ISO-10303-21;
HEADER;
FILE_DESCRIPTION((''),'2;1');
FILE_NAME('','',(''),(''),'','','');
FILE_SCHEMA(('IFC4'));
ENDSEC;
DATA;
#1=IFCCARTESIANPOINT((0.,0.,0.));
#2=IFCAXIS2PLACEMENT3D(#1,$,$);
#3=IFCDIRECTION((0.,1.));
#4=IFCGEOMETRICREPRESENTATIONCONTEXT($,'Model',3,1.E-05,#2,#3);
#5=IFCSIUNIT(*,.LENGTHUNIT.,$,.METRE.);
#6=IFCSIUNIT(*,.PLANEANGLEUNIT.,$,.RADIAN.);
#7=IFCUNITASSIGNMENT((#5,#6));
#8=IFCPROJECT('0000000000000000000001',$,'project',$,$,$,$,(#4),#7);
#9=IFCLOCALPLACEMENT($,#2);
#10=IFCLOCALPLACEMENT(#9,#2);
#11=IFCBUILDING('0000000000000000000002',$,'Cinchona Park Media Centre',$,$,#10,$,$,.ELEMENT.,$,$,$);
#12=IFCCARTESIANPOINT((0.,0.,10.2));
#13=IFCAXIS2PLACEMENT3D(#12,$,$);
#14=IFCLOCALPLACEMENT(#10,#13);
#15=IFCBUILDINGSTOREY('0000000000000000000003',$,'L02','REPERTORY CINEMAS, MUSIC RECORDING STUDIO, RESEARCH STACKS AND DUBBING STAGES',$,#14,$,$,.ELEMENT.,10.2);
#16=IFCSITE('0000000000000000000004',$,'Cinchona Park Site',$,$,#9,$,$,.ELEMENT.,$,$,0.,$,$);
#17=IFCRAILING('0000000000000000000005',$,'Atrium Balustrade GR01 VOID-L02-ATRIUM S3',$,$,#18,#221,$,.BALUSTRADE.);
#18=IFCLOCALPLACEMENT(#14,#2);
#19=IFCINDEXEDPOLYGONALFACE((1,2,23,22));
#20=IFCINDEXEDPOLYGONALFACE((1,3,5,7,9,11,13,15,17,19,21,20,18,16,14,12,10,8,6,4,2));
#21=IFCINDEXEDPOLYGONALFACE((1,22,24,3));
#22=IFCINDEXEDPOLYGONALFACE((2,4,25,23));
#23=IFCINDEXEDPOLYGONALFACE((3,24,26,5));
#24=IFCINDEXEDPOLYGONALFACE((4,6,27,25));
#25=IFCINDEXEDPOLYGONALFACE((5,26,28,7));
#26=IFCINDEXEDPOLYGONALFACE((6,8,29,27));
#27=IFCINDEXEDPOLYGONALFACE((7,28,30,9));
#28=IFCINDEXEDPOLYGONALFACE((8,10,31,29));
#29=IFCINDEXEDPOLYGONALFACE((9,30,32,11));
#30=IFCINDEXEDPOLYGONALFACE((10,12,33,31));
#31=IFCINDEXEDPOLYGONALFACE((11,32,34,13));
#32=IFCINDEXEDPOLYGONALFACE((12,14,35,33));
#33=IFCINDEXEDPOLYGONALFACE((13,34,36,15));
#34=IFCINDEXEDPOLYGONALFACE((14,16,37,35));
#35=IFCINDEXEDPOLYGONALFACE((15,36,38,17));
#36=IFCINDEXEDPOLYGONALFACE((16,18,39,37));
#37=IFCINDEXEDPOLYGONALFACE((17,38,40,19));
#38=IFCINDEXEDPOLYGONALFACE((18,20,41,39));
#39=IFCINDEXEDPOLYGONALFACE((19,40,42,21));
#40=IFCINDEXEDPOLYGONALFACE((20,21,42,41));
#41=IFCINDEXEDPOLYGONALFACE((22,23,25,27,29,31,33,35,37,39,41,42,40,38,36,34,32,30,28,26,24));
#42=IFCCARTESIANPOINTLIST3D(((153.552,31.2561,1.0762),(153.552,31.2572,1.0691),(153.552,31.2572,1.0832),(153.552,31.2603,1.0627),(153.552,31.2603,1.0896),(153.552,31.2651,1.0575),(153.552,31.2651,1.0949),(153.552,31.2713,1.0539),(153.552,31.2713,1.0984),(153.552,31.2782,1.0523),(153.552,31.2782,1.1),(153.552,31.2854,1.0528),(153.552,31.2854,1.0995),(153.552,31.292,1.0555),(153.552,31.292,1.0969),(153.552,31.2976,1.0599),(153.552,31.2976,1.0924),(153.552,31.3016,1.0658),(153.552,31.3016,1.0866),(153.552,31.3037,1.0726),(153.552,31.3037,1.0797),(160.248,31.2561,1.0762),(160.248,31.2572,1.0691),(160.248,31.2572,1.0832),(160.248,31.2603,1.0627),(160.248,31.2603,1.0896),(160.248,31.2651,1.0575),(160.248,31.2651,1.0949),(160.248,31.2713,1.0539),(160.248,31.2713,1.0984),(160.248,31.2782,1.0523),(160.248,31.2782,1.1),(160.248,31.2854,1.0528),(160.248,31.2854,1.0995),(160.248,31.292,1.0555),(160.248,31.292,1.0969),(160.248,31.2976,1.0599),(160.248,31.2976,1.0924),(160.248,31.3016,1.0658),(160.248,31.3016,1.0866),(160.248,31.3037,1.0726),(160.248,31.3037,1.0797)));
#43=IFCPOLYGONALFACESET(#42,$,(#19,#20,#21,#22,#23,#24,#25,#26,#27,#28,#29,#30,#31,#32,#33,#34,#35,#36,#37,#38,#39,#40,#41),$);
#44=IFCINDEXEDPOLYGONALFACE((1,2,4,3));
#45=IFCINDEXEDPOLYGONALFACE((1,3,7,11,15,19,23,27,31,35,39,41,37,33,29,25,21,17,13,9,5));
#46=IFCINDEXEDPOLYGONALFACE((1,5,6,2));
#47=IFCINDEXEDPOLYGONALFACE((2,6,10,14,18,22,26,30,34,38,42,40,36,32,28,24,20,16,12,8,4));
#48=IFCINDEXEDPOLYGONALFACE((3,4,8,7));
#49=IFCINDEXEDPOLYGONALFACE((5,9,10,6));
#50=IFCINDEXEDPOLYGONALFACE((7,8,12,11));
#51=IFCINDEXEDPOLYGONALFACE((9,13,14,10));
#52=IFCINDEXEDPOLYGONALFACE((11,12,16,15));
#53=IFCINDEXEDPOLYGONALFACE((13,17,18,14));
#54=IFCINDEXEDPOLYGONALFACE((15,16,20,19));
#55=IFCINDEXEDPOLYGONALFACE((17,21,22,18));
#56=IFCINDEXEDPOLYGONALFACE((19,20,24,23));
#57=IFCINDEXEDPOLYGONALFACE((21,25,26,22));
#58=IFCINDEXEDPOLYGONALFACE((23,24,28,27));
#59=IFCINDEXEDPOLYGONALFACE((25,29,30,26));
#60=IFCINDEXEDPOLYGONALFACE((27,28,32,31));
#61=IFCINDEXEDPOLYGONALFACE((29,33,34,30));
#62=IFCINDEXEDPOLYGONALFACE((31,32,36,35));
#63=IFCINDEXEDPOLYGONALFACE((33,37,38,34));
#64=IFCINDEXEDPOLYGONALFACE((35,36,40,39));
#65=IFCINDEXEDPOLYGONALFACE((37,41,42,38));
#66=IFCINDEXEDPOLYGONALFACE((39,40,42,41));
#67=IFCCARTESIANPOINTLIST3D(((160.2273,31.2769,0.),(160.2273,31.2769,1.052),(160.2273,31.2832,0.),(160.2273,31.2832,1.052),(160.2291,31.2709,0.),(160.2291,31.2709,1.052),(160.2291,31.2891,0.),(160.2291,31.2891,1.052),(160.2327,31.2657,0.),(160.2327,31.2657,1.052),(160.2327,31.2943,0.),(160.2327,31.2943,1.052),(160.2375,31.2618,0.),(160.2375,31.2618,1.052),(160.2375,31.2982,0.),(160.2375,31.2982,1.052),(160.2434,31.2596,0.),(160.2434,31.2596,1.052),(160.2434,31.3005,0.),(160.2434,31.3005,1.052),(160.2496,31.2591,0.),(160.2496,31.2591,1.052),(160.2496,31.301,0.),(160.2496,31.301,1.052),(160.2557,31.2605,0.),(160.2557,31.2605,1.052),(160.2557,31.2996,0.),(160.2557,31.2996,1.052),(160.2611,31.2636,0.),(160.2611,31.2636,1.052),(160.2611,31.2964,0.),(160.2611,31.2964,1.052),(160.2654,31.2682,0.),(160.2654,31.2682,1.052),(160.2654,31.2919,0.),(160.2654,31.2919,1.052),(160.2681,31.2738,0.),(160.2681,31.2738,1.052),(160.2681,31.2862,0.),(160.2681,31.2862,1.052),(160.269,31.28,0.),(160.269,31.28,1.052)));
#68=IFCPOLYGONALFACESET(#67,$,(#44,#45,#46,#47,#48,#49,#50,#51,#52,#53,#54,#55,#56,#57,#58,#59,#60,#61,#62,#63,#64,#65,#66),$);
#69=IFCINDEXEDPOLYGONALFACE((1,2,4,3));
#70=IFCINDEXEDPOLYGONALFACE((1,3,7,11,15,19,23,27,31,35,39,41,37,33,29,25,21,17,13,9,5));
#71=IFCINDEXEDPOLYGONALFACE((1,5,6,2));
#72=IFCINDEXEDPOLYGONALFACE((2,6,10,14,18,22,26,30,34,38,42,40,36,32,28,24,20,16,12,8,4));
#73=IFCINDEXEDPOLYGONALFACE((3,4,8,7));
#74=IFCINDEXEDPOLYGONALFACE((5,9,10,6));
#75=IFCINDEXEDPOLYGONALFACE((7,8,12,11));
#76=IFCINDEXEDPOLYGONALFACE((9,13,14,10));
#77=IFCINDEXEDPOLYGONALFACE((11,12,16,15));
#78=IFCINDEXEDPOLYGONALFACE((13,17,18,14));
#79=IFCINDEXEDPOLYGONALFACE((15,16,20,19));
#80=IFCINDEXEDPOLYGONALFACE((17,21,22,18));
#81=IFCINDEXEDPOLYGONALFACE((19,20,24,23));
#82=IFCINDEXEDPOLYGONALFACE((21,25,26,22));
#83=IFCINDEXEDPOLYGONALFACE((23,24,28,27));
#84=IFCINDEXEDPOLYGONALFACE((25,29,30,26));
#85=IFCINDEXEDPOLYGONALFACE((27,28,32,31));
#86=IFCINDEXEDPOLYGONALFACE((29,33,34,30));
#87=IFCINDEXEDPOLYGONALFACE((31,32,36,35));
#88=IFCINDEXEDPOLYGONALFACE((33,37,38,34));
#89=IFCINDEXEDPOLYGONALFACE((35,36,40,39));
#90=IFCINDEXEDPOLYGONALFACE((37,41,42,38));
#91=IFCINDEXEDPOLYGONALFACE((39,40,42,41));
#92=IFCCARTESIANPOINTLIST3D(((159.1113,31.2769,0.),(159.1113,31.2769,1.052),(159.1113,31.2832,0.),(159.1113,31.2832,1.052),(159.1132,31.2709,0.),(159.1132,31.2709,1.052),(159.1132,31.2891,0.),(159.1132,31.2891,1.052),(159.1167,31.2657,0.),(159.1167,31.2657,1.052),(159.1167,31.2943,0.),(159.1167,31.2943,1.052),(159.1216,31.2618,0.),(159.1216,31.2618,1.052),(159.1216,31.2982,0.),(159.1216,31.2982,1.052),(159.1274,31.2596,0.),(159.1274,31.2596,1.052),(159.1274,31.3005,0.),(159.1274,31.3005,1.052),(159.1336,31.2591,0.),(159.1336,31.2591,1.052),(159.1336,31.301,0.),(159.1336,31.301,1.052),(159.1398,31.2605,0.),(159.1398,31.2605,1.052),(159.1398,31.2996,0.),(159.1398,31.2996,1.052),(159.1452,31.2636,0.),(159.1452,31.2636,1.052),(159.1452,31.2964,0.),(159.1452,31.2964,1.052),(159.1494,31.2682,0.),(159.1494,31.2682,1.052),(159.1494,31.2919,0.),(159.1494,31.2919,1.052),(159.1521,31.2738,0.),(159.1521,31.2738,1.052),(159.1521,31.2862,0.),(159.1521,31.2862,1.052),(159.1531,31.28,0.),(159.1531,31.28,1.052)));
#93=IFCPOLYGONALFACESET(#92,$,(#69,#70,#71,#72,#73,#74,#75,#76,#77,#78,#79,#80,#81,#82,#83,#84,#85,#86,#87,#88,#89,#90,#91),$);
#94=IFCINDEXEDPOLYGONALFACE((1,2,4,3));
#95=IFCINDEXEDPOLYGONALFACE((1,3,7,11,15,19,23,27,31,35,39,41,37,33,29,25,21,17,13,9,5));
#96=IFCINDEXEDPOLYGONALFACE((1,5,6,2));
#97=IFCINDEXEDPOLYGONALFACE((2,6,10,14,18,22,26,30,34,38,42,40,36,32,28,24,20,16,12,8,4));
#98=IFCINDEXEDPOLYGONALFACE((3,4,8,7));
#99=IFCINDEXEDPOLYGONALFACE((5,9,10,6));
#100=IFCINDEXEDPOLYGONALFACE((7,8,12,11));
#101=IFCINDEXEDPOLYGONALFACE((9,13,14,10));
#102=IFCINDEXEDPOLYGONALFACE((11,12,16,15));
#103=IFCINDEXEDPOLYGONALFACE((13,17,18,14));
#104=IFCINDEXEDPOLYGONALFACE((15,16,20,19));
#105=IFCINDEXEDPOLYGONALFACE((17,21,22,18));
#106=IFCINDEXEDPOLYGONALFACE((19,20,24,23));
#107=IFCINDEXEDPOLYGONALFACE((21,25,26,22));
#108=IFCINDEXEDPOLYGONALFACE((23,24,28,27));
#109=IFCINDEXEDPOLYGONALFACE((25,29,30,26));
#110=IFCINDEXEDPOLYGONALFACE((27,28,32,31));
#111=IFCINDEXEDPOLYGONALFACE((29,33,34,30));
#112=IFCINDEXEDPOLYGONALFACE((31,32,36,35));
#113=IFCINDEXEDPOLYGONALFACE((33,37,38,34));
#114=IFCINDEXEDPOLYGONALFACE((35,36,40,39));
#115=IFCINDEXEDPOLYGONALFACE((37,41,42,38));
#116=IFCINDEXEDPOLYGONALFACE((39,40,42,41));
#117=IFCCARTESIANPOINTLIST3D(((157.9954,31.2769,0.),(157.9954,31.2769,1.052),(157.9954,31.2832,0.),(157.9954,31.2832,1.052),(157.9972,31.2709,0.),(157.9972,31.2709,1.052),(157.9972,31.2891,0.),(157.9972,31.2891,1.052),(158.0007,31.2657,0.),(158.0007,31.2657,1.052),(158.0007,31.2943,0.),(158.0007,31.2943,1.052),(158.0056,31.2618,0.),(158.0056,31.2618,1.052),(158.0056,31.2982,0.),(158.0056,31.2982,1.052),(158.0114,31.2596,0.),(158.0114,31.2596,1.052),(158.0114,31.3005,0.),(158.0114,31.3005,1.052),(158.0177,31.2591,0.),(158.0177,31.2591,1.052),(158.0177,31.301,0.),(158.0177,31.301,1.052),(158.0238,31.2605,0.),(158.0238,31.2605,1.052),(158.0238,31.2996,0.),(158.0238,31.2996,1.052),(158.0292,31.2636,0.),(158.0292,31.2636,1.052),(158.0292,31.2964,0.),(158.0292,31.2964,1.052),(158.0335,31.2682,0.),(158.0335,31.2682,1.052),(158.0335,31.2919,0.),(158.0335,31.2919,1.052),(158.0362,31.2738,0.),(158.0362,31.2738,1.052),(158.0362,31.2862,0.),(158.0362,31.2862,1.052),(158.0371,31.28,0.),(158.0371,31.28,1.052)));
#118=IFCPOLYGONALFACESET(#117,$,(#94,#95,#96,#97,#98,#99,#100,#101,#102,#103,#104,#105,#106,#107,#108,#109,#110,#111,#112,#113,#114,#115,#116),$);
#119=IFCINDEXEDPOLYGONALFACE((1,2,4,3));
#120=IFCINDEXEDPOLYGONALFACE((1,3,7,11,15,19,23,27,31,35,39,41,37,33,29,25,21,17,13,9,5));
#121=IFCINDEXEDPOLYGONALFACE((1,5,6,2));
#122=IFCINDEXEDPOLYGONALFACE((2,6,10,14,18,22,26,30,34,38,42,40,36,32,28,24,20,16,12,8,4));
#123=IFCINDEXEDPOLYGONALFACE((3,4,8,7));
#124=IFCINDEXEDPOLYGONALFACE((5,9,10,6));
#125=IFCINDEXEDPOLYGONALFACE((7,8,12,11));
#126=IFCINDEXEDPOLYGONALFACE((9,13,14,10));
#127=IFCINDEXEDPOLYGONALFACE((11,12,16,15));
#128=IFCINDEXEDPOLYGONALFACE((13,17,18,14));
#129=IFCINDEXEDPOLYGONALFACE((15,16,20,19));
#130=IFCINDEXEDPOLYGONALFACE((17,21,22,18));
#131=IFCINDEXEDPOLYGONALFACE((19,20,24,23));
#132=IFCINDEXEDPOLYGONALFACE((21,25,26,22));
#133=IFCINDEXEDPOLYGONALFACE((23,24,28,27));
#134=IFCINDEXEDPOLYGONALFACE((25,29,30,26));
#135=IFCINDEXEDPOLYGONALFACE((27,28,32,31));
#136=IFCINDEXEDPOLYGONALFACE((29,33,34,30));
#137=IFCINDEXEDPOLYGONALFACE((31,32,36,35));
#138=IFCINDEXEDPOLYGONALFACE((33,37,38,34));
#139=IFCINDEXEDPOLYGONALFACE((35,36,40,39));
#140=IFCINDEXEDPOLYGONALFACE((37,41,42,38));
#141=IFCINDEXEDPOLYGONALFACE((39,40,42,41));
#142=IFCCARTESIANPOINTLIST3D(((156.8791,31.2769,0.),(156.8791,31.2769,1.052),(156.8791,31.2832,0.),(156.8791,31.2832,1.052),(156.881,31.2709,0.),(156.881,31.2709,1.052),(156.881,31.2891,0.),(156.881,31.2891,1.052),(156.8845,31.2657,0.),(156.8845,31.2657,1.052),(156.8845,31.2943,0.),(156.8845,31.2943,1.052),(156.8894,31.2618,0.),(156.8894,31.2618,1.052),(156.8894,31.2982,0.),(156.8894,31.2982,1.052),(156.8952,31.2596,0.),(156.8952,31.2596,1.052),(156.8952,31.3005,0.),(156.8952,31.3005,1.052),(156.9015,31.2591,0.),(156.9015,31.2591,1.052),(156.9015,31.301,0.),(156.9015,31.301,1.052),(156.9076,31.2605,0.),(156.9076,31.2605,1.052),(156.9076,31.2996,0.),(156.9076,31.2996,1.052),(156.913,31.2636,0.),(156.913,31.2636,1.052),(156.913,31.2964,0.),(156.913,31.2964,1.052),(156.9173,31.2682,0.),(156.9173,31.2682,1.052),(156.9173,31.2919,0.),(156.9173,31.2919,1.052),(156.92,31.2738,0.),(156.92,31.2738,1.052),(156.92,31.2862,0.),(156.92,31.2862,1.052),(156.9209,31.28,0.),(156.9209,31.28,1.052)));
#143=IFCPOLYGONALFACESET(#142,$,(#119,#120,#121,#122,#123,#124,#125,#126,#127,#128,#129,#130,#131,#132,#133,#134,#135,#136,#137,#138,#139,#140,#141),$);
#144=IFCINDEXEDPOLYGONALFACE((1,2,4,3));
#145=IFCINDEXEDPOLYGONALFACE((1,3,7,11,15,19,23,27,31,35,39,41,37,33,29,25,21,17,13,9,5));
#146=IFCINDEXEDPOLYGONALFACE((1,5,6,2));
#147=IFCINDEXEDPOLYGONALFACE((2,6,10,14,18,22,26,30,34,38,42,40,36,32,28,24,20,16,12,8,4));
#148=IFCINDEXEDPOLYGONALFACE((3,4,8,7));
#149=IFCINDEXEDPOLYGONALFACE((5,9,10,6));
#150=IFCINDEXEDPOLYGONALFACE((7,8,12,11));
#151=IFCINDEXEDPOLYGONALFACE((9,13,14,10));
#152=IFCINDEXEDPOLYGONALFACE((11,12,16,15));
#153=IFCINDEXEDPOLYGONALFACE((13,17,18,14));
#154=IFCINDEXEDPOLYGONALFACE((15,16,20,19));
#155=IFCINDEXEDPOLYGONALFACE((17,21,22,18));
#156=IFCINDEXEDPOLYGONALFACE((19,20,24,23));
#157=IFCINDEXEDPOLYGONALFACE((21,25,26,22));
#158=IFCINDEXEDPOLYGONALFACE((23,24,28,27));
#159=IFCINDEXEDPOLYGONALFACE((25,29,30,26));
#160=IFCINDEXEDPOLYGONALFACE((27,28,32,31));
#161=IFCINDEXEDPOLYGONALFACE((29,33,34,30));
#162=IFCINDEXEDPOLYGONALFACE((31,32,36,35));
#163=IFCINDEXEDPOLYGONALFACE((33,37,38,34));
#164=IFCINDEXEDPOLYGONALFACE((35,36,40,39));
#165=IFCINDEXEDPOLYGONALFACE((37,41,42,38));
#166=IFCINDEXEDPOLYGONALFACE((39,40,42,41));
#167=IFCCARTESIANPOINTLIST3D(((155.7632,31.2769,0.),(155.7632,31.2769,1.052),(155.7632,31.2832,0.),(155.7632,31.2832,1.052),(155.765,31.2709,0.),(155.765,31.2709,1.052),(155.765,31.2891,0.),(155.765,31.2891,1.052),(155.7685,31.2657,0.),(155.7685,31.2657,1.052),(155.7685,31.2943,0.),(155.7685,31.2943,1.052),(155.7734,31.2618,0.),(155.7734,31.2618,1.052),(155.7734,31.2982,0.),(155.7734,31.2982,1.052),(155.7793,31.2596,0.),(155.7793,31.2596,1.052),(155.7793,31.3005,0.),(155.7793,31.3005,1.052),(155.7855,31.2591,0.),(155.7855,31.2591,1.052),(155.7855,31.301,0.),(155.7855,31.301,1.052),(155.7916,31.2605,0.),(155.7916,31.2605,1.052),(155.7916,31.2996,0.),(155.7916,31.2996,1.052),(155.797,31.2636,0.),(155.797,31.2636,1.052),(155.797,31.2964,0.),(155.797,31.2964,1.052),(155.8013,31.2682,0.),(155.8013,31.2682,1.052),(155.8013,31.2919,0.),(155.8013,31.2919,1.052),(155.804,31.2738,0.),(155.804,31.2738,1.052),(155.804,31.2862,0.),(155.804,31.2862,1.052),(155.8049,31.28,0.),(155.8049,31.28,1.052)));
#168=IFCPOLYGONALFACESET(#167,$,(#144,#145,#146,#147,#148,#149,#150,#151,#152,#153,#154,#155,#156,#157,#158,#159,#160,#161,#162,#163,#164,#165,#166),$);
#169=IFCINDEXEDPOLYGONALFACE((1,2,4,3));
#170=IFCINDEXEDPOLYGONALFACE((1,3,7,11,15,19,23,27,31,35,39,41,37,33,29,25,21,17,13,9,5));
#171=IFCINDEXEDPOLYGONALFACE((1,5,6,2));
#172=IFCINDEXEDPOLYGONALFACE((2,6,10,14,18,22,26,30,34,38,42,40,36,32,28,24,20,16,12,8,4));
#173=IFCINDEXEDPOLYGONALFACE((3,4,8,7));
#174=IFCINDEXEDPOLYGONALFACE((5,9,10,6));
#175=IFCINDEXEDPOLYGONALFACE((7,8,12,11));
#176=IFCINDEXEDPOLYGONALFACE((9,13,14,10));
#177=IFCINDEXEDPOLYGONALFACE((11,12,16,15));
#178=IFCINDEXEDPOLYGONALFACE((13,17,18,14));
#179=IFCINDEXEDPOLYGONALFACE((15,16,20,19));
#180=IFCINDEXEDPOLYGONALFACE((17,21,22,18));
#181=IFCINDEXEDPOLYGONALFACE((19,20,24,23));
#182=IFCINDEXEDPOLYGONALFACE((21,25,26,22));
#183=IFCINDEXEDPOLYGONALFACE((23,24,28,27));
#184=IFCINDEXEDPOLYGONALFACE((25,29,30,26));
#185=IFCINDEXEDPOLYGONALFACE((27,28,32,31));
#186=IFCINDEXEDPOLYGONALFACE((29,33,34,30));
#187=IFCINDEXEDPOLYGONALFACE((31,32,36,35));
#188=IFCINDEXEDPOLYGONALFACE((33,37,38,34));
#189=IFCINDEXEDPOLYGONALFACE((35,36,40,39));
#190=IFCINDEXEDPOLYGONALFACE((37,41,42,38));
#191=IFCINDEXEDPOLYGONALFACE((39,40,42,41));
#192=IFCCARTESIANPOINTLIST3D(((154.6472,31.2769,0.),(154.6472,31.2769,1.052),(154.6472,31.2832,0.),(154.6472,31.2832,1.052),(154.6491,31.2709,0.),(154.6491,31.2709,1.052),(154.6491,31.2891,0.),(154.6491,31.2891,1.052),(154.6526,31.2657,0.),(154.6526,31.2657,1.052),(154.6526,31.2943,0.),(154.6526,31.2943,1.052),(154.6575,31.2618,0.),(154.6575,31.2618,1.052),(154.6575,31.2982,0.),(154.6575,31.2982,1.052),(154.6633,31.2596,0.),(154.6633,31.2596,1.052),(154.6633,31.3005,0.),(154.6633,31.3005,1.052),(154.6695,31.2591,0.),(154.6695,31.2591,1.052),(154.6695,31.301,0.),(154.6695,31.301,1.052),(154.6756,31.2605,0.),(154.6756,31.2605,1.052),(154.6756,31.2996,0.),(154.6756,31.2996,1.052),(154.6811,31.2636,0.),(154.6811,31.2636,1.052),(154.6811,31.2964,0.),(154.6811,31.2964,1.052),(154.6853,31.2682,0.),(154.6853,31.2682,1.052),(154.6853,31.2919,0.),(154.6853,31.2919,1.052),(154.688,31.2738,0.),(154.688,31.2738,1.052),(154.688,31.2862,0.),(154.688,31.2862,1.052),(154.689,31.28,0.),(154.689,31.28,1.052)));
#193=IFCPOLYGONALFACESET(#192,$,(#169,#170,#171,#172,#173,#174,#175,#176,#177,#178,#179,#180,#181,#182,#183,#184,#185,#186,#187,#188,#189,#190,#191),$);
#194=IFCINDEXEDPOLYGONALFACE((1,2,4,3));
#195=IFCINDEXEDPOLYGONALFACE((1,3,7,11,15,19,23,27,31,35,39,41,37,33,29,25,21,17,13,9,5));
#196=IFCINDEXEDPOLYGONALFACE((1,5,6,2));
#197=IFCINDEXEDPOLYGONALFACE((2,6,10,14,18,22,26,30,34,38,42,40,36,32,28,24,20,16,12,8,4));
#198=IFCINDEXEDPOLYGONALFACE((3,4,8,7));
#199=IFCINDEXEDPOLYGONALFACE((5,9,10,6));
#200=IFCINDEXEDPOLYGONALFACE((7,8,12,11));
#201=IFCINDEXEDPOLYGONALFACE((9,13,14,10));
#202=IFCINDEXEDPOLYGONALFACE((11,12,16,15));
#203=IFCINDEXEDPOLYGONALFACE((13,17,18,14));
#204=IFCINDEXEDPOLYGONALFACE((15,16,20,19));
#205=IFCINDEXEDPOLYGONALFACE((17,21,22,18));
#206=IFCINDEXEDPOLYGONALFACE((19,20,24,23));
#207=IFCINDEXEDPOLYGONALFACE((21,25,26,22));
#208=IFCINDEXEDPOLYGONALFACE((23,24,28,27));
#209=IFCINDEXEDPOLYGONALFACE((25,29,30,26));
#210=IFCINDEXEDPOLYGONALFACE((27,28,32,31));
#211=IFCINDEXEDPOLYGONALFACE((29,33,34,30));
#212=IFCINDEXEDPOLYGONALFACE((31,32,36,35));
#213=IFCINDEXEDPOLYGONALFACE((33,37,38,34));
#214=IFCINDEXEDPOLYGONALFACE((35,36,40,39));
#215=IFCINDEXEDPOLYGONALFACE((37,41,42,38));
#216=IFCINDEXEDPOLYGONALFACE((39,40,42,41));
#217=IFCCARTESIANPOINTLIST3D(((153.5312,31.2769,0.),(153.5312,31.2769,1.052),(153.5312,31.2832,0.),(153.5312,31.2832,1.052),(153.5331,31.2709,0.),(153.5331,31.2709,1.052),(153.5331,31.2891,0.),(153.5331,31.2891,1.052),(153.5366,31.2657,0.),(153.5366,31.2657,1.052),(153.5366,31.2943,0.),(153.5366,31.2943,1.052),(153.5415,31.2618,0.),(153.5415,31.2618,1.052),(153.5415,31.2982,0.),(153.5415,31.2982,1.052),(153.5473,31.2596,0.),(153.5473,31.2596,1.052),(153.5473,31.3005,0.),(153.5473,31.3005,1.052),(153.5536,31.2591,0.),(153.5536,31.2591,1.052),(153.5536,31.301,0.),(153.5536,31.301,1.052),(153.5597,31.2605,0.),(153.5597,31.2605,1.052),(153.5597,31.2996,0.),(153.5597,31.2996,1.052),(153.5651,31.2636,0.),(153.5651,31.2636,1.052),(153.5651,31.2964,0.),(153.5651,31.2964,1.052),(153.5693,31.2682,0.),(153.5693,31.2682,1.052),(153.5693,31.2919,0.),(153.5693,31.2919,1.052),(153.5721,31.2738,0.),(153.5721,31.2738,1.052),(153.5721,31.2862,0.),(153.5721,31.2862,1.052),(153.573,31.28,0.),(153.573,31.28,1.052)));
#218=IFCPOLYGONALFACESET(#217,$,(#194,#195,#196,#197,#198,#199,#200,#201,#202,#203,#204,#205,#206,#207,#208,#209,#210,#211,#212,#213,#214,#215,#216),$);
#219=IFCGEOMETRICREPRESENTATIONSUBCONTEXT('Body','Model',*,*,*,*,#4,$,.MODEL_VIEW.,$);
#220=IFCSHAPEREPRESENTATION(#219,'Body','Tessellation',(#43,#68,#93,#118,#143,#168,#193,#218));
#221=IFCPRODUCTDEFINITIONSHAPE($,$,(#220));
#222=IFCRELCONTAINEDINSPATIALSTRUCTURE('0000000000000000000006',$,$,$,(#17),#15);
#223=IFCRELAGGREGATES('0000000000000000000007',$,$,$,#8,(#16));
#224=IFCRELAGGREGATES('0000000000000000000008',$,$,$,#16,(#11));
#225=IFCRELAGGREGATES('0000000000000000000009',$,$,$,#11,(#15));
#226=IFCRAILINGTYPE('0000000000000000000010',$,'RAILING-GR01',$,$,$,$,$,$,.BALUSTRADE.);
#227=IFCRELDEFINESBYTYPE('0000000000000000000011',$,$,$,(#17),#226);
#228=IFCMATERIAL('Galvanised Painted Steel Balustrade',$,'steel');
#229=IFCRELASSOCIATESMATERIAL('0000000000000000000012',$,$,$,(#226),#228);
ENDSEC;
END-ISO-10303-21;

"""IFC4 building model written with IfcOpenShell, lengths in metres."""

from ifc_helpers import new_model, si_unit, direction, frame, origin, origin_2d, place, context, subcontext, project, spatial, circle, extrude, material, type_object, element, save


model = new_model("IFC4")

# Units and contexts
model_context = context("Model", 3, precision=1e-05, world=origin(), true_north=direction((0.0, 1.0)))
body_context = subcontext(model_context, "Body", "Model", "MODEL_VIEW")
ifc_project = project(units=[si_unit("LENGTHUNIT", "METRE"), si_unit("PLANEANGLEUNIT", "RADIAN")], contexts=[model_context])

# Site, building, storey
site_placement = place(None, origin())
site = spatial("IfcSite", under=ifc_project, at=site_placement, Name="Cinchona Park Site", CompositionType="ELEMENT", RefElevation=0.0)
building_placement = place(site_placement, origin())
building = spatial("IfcBuilding", under=site, at=building_placement, Name="Cinchona Park Media Centre", CompositionType="ELEMENT")
storey_placement = place(building_placement, frame((0.0, 0.0, 10.2)))
storey = spatial("IfcBuildingStorey", under=building, at=storey_placement, Name="L02", Description="REPERTORY CINEMAS, MUSIC RECORDING STUDIO, RESEARCH STACKS AND DUBBING STAGES", CompositionType="ELEMENT", Elevation=10.2)

# Railing
ifc_material_1 = material(Name="Galvanised Painted Steel Balustrade", Category="steel")
railing_type = type_object("IfcRailingType", Name="RAILING-GR01", PredefinedType="BALUSTRADE", material=ifc_material_1)
railing_1_placement = place(storey_placement, frame((160.248, 31.28, 0.0)))
element("IfcRailing", 1, at=railing_1_placement, inside=storey, type_object=railing_type, Name="Atrium Balustrade GR01 VOID-L02-ATRIUM S3", PredefinedType="BALUSTRADE", context=body_context, shape_type="SweptSolid", body=[
    extrude(circle(Radius=0.0239, at=origin_2d()), frame((0.0, 0.0, 1.0762), z_axis=(-1.0, 0.0, 0.0), x_axis=(0.0, -1.0, 0.0)), (0.0, 0.0, 1.0), 6.696),
    extrude(circle(Radius=0.021, at=origin_2d()), origin(), (0.0, 0.0, 1.0), 1.052),
    extrude(circle(Radius=0.021, at=origin_2d()), frame((-1.116, 0.0, 0.0)), (0.0, 0.0, 1.0), 1.052),
    extrude(circle(Radius=0.021, at=origin_2d()), frame((-2.2319, 0.0, 0.0)), (0.0, 0.0, 1.0), 1.052),
    extrude(circle(Radius=0.021, at=origin_2d()), frame((-3.3481, 0.0, 0.0)), (0.0, 0.0, 1.0), 1.052),
    extrude(circle(Radius=0.021, at=origin_2d()), frame((-4.4641, 0.0, 0.0)), (0.0, 0.0, 1.0), 1.052),
    extrude(circle(Radius=0.021, at=origin_2d()), frame((-5.5801, 0.0, 0.0)), (0.0, 0.0, 1.0), 1.052),
    extrude(circle(Radius=0.021, at=origin_2d()), frame((-6.696, 0.0, 0.0)), (0.0, 0.0, 1.0), 1.052),
])

save(model, "model.ifc")
